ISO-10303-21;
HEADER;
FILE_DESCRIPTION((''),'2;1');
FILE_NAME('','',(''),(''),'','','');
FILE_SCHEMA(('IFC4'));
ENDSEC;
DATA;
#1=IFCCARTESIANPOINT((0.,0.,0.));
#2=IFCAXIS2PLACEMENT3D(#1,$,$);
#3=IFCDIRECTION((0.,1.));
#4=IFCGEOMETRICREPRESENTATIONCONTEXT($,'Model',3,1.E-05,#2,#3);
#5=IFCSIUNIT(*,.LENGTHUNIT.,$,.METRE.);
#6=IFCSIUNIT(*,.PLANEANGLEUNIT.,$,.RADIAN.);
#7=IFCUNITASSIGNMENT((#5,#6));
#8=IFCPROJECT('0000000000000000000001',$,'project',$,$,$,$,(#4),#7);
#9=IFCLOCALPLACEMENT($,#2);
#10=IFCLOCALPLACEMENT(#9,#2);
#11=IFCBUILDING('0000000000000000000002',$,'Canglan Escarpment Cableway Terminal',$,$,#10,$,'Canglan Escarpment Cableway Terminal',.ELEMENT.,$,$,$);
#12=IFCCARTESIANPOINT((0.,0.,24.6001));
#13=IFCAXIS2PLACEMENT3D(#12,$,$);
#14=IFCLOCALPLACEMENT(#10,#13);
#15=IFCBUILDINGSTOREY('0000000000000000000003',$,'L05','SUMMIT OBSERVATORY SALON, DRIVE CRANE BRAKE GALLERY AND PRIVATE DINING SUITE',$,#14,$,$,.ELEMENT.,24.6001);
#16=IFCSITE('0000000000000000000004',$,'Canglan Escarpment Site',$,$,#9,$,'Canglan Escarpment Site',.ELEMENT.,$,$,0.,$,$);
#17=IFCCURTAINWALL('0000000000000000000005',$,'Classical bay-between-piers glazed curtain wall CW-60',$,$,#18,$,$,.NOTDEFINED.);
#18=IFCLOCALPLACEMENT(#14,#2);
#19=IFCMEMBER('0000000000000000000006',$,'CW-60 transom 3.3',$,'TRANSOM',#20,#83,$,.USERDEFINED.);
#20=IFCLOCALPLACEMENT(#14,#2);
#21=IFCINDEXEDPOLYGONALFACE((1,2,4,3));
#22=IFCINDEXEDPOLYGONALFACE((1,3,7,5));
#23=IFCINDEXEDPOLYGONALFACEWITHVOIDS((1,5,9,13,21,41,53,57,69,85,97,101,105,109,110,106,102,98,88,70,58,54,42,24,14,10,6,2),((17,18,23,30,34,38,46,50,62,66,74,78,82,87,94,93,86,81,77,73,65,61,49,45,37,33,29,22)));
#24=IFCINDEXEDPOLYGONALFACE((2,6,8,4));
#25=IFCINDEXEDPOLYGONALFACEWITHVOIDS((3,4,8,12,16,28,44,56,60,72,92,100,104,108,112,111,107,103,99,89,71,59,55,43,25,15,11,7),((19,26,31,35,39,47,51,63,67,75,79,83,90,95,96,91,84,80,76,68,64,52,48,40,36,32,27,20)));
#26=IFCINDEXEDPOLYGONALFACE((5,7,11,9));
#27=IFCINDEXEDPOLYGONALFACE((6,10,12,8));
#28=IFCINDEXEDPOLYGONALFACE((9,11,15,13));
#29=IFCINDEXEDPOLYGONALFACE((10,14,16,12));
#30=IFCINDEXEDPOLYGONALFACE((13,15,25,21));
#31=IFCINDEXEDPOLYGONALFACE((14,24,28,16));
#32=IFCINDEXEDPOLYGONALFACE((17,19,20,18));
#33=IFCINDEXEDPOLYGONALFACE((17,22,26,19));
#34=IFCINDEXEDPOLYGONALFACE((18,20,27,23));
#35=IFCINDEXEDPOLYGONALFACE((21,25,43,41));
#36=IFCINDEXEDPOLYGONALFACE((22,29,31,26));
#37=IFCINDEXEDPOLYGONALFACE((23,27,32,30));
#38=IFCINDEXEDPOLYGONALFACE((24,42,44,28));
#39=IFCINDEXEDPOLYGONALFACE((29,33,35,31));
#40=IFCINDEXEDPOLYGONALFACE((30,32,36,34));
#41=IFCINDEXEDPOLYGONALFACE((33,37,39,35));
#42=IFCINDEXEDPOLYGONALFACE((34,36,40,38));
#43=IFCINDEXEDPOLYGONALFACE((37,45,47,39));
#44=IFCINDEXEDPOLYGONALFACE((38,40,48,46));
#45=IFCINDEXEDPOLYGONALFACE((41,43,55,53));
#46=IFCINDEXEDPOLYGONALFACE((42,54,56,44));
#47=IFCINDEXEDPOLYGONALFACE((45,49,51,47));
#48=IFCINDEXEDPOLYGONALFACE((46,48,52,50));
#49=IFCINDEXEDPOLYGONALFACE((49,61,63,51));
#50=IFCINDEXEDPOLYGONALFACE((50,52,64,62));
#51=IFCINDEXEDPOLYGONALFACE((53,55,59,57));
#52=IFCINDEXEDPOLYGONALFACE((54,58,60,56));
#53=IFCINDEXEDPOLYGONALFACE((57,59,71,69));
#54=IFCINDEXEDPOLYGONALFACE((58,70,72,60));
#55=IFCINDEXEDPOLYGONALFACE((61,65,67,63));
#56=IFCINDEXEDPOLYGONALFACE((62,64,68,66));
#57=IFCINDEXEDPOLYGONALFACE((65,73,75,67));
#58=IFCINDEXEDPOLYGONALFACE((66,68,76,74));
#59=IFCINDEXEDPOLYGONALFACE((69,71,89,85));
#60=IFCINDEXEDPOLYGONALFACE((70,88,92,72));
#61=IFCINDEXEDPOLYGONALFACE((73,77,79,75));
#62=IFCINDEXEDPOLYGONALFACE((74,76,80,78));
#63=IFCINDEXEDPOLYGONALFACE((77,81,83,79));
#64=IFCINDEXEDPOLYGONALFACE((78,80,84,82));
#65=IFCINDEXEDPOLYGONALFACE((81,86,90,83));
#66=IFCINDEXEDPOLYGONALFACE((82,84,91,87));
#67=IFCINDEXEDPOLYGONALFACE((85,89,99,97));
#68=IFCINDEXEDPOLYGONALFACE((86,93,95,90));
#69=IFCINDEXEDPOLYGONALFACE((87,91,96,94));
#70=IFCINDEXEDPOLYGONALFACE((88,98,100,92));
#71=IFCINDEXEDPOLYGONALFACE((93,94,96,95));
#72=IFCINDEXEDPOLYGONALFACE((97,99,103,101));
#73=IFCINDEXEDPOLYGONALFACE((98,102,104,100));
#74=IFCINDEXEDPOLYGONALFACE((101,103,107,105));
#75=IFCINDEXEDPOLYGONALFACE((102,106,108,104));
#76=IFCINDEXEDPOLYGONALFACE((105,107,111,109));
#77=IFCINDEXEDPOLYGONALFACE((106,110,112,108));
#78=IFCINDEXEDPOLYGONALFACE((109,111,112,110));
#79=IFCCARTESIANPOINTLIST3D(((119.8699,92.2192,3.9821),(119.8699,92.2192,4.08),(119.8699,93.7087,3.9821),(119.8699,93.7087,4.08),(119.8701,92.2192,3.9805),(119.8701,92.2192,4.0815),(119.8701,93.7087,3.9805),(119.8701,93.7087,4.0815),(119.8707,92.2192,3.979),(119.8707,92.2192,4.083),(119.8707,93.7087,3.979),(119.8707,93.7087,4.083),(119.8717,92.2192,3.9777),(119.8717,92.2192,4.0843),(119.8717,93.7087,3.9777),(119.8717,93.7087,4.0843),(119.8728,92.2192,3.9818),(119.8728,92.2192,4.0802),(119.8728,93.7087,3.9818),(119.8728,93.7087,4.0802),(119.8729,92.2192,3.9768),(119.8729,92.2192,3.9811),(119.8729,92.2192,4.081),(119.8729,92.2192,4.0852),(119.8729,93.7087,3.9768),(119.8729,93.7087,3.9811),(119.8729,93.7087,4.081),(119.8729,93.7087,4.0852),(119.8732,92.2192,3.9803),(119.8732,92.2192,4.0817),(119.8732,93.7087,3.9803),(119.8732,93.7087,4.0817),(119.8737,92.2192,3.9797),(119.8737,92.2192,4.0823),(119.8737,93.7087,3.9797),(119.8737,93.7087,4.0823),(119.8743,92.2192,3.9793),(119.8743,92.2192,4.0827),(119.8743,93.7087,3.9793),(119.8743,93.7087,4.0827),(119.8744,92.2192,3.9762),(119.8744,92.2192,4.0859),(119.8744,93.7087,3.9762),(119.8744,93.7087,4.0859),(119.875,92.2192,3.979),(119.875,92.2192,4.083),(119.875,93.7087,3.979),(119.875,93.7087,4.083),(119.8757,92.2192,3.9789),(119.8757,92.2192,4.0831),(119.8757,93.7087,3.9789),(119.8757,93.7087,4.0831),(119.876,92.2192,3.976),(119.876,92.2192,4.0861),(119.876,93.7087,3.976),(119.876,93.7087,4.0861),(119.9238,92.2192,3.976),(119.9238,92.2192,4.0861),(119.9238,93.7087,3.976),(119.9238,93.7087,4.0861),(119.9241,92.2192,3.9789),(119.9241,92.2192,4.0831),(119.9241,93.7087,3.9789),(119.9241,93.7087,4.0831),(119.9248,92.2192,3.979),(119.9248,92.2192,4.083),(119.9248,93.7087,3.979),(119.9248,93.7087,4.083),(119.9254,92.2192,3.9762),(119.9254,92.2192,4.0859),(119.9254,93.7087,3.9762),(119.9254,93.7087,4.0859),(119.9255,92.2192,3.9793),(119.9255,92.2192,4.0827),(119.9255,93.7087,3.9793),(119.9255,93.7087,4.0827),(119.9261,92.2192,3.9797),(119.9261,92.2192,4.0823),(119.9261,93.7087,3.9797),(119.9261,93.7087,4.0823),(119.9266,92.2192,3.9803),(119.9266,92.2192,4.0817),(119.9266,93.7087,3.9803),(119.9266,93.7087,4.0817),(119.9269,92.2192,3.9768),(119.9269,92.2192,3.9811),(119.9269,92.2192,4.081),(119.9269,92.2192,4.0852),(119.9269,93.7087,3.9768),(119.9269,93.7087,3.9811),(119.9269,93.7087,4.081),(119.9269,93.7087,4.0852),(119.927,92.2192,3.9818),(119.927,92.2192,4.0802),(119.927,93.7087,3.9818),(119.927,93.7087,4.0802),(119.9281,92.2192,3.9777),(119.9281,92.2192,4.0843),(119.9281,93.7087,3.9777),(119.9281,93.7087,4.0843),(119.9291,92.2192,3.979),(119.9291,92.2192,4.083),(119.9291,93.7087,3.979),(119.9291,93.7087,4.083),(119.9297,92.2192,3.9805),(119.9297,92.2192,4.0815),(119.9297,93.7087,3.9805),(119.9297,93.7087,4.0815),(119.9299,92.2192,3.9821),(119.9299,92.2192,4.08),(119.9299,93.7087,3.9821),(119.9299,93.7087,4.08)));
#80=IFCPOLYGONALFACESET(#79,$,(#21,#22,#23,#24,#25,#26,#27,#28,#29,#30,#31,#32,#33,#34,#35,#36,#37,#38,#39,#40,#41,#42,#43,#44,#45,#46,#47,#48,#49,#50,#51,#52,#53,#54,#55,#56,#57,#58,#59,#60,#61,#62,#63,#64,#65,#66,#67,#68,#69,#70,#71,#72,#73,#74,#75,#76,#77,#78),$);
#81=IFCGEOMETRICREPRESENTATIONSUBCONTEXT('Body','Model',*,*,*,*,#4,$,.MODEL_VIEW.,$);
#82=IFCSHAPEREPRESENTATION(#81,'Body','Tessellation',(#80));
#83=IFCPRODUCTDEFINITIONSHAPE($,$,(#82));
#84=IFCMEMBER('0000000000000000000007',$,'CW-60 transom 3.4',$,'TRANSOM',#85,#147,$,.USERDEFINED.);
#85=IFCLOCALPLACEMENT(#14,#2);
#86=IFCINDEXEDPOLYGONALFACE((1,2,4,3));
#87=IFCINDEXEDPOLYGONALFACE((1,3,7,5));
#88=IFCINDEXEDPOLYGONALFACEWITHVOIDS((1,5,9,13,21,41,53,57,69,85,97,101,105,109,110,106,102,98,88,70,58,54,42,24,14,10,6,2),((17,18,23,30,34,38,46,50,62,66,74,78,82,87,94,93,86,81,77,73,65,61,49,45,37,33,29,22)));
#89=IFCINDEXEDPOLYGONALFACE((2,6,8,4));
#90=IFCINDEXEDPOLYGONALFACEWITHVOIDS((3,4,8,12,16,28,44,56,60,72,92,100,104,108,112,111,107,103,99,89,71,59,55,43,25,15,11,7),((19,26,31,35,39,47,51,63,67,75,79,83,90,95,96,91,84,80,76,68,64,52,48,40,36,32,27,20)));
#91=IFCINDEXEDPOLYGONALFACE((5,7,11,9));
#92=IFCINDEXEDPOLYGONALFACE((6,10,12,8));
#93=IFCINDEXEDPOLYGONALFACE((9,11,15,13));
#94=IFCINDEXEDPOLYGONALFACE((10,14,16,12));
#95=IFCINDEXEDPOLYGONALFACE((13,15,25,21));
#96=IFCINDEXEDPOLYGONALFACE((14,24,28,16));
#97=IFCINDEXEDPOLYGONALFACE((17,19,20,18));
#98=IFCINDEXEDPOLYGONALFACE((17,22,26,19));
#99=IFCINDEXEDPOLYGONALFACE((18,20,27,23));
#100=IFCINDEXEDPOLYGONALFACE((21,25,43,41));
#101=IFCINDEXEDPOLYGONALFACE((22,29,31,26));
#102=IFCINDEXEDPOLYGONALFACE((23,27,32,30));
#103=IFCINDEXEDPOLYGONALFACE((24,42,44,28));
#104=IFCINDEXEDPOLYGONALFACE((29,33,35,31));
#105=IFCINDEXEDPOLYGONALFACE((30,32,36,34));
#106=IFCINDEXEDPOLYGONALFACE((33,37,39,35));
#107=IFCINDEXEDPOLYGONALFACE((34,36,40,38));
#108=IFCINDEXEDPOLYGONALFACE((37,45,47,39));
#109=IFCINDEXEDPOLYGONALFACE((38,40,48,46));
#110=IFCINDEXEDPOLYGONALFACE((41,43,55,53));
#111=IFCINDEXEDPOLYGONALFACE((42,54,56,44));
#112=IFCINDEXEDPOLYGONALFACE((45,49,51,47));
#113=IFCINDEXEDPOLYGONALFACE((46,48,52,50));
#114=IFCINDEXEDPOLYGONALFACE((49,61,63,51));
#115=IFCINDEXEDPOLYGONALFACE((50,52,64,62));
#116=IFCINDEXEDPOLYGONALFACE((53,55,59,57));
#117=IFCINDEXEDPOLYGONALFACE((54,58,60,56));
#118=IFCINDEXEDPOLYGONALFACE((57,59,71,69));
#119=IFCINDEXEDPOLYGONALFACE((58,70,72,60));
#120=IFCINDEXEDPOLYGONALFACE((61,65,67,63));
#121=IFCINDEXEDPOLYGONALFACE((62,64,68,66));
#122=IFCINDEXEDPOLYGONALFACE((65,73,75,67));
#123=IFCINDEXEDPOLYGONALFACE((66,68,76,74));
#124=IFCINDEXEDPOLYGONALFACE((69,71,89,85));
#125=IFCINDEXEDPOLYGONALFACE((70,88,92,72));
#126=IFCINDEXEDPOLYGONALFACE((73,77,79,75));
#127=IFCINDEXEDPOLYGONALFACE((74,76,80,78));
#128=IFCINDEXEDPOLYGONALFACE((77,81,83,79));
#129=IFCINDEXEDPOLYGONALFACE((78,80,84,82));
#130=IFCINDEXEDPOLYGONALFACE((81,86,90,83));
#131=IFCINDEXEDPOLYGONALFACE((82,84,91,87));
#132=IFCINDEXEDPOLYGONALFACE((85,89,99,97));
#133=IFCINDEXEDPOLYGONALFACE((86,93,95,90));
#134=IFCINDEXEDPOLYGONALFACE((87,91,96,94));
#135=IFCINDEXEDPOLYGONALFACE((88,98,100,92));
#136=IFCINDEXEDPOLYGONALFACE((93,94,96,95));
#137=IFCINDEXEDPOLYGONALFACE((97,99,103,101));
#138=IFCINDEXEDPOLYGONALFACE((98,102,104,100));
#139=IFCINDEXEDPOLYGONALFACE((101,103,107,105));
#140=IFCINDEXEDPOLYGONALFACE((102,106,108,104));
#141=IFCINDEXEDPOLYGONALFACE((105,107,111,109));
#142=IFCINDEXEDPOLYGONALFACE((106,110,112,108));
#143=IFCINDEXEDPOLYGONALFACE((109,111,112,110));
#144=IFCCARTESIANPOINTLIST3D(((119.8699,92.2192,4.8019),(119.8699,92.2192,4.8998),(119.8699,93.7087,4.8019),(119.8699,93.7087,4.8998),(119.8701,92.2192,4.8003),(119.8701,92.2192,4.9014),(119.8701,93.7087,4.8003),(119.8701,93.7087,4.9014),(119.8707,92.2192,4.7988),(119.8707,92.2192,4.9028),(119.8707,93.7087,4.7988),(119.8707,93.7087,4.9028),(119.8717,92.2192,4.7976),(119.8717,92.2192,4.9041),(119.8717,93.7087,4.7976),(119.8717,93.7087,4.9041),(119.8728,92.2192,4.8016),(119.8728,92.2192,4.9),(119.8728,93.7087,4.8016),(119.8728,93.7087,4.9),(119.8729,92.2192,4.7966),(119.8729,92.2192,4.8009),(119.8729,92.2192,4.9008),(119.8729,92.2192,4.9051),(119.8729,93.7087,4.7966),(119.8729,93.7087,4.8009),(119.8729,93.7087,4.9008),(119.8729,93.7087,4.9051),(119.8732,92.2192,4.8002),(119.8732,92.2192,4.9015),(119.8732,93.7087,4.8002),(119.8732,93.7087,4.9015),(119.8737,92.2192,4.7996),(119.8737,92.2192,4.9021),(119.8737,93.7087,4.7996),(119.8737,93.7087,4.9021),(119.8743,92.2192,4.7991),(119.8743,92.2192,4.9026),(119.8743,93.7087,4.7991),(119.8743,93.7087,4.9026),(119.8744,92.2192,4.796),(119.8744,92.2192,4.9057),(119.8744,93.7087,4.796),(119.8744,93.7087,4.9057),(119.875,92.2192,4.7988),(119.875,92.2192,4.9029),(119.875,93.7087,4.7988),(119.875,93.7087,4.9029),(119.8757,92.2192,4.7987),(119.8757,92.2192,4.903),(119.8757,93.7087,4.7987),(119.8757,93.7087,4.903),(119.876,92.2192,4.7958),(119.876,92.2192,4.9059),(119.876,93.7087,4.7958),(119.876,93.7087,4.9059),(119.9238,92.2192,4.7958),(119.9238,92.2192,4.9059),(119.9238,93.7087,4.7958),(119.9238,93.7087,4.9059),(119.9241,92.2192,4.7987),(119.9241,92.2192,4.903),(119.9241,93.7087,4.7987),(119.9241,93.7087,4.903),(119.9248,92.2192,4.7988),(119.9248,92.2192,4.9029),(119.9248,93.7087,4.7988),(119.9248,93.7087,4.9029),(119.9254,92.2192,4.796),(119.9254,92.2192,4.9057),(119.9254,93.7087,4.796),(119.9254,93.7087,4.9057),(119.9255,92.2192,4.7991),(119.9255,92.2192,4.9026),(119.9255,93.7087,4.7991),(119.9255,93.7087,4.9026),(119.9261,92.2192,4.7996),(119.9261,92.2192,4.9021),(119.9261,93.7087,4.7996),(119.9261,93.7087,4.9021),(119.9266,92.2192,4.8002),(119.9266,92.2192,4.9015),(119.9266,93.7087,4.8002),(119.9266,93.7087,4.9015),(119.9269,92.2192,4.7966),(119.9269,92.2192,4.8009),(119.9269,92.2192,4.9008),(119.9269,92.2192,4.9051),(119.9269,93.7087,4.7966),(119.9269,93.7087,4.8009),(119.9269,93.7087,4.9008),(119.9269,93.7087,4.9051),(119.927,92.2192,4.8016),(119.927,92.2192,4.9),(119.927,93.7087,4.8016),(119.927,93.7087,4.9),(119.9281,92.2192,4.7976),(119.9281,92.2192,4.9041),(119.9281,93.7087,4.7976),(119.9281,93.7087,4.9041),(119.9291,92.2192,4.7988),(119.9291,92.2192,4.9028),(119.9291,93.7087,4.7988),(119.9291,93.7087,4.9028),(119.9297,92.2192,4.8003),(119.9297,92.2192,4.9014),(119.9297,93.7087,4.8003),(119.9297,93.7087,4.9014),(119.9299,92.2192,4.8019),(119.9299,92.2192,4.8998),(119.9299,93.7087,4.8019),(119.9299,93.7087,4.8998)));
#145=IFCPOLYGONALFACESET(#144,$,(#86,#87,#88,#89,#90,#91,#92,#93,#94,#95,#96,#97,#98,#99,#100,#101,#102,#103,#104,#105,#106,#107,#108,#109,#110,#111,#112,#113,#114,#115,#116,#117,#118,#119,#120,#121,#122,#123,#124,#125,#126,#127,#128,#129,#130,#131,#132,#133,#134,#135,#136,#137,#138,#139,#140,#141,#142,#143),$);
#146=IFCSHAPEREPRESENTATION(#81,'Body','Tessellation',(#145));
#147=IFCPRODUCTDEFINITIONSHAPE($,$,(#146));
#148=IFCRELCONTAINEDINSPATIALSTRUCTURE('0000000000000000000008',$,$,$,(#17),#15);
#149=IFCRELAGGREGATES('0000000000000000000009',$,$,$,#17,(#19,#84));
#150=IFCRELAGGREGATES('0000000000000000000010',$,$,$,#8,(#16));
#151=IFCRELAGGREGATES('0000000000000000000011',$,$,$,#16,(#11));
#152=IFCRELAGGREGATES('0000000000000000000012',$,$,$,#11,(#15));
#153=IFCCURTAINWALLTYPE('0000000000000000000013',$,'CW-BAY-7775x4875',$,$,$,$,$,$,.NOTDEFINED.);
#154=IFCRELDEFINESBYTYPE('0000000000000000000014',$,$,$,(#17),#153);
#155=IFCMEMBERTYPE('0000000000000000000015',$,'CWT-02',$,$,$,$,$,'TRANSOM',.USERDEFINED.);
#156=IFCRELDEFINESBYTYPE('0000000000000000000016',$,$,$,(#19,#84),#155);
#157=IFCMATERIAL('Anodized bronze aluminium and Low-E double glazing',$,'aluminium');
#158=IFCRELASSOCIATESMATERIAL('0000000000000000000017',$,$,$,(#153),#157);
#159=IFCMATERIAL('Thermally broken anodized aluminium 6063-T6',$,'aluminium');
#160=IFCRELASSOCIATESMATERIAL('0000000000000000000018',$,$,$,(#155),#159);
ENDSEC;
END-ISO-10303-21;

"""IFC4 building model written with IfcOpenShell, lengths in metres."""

from ifc_helpers import new_model, si_unit, direction, frame, origin, origin_2d, place, context, subcontext, project, spatial, hollow_rectangle, extrude, material, material_profile, profile_set, type_object, element, aggregate, save


model = new_model("IFC4")

# Units and contexts
model_context = context("Model", 3, precision=1e-05, world=origin(), true_north=direction((0.0, 1.0)))
body_context = subcontext(model_context, "Body", "Model", "MODEL_VIEW")
ifc_project = project(units=[si_unit("LENGTHUNIT", "METRE"), si_unit("PLANEANGLEUNIT", "RADIAN")], contexts=[model_context])

# Site, building, storey
site_placement = place(None, origin())
site = spatial("IfcSite", under=ifc_project, at=site_placement, Name="Canglan Escarpment Site", LongName="Canglan Escarpment Site", CompositionType="ELEMENT", RefElevation=0.0)
building_placement = place(site_placement, origin())
building = spatial("IfcBuilding", under=site, at=building_placement, Name="Canglan Escarpment Cableway Terminal", LongName="Canglan Escarpment Cableway Terminal", CompositionType="ELEMENT")
storey_placement = place(building_placement, frame((0.0, 0.0, 24.6001)))
storey = spatial("IfcBuildingStorey", under=building, at=storey_placement, Name="L05", Description="SUMMIT OBSERVATORY SALON, DRIVE CRANE BRAKE GALLERY AND PRIVATE DINING SUITE", CompositionType="ELEMENT", Elevation=24.6001)

# Shared definitions
ifc_material_1 = material(Name="Anodized bronze aluminium and Low-E double glazing", Category="aluminium")
ifc_material_2 = material(Name="Thermally broken anodized aluminium 6063-T6", Category="aluminium")

# Curtain wall, members
curtain_wall_type_1 = type_object("IfcCurtainWallType", Name="CW-BAY-7775x4875", PredefinedType="NOTDEFINED", material=ifc_material_1)
curtain_wall_1_placement = place(storey_placement, origin())
curtain_wall_1 = element("IfcCurtainWall", 1, at=curtain_wall_1_placement, inside=storey, type_object=curtain_wall_type_1, Name="Classical bay-between-piers glazed curtain wall CW-60", PredefinedType="NOTDEFINED")
ifc_material_profile_1 = material_profile(ifc_material_2, hollow_rectangle(XDim=0.0601, YDim=0.1101, WallThickness=0.0029, InnerFilletRadius=0.0029, OuterFilletRadius=0.0061, at=origin_2d()), Name="ALU-TRAN 60x110x3")
ifc_profile_set_1 = profile_set([ifc_material_profile_1], Name="Thermally broken anodized aluminium 6063-T6")
member_type_1 = type_object("IfcMemberType", Name="CWT-02", ElementType="TRANSOM", PredefinedType="USERDEFINED", material=ifc_profile_set_1)
member_1_placement = place(storey_placement, frame((119.8999, 93.7087, 4.031), z_axis=(0.0, -1.0, 0.0), x_axis=(1.0, 0.0, 0.0)))
member_1 = element("IfcMember", 2, at=member_1_placement, type_object=member_type_1, Name="CW-60 transom 3.3", ObjectType="TRANSOM", PredefinedType="USERDEFINED", context=body_context, shape_type="SweptSolid", body=[
    extrude(hollow_rectangle(XDim=0.0601, YDim=0.1101, WallThickness=0.0029, InnerFilletRadius=0.0029, OuterFilletRadius=0.0061, at=origin_2d()), origin(), (0.0, 0.0, 1.0), 1.4895),
])
member_2_placement = place(storey_placement, frame((119.8999, 93.7087, 4.8508), z_axis=(0.0, -1.0, 0.0), x_axis=(1.0, 0.0, 0.0)))
member_2 = element("IfcMember", 3, at=member_2_placement, type_object=member_type_1, Name="CW-60 transom 3.4", ObjectType="TRANSOM", PredefinedType="USERDEFINED", context=body_context, shape_type="SweptSolid", body=[
    extrude(hollow_rectangle(XDim=0.0601, YDim=0.1101, WallThickness=0.0029, InnerFilletRadius=0.0029, OuterFilletRadius=0.0061, at=origin_2d()), origin(), (0.0, 0.0, 1.0), 1.4895),
])
aggregate(curtain_wall_1, [member_1, member_2])

save(model, "model.ifc")
